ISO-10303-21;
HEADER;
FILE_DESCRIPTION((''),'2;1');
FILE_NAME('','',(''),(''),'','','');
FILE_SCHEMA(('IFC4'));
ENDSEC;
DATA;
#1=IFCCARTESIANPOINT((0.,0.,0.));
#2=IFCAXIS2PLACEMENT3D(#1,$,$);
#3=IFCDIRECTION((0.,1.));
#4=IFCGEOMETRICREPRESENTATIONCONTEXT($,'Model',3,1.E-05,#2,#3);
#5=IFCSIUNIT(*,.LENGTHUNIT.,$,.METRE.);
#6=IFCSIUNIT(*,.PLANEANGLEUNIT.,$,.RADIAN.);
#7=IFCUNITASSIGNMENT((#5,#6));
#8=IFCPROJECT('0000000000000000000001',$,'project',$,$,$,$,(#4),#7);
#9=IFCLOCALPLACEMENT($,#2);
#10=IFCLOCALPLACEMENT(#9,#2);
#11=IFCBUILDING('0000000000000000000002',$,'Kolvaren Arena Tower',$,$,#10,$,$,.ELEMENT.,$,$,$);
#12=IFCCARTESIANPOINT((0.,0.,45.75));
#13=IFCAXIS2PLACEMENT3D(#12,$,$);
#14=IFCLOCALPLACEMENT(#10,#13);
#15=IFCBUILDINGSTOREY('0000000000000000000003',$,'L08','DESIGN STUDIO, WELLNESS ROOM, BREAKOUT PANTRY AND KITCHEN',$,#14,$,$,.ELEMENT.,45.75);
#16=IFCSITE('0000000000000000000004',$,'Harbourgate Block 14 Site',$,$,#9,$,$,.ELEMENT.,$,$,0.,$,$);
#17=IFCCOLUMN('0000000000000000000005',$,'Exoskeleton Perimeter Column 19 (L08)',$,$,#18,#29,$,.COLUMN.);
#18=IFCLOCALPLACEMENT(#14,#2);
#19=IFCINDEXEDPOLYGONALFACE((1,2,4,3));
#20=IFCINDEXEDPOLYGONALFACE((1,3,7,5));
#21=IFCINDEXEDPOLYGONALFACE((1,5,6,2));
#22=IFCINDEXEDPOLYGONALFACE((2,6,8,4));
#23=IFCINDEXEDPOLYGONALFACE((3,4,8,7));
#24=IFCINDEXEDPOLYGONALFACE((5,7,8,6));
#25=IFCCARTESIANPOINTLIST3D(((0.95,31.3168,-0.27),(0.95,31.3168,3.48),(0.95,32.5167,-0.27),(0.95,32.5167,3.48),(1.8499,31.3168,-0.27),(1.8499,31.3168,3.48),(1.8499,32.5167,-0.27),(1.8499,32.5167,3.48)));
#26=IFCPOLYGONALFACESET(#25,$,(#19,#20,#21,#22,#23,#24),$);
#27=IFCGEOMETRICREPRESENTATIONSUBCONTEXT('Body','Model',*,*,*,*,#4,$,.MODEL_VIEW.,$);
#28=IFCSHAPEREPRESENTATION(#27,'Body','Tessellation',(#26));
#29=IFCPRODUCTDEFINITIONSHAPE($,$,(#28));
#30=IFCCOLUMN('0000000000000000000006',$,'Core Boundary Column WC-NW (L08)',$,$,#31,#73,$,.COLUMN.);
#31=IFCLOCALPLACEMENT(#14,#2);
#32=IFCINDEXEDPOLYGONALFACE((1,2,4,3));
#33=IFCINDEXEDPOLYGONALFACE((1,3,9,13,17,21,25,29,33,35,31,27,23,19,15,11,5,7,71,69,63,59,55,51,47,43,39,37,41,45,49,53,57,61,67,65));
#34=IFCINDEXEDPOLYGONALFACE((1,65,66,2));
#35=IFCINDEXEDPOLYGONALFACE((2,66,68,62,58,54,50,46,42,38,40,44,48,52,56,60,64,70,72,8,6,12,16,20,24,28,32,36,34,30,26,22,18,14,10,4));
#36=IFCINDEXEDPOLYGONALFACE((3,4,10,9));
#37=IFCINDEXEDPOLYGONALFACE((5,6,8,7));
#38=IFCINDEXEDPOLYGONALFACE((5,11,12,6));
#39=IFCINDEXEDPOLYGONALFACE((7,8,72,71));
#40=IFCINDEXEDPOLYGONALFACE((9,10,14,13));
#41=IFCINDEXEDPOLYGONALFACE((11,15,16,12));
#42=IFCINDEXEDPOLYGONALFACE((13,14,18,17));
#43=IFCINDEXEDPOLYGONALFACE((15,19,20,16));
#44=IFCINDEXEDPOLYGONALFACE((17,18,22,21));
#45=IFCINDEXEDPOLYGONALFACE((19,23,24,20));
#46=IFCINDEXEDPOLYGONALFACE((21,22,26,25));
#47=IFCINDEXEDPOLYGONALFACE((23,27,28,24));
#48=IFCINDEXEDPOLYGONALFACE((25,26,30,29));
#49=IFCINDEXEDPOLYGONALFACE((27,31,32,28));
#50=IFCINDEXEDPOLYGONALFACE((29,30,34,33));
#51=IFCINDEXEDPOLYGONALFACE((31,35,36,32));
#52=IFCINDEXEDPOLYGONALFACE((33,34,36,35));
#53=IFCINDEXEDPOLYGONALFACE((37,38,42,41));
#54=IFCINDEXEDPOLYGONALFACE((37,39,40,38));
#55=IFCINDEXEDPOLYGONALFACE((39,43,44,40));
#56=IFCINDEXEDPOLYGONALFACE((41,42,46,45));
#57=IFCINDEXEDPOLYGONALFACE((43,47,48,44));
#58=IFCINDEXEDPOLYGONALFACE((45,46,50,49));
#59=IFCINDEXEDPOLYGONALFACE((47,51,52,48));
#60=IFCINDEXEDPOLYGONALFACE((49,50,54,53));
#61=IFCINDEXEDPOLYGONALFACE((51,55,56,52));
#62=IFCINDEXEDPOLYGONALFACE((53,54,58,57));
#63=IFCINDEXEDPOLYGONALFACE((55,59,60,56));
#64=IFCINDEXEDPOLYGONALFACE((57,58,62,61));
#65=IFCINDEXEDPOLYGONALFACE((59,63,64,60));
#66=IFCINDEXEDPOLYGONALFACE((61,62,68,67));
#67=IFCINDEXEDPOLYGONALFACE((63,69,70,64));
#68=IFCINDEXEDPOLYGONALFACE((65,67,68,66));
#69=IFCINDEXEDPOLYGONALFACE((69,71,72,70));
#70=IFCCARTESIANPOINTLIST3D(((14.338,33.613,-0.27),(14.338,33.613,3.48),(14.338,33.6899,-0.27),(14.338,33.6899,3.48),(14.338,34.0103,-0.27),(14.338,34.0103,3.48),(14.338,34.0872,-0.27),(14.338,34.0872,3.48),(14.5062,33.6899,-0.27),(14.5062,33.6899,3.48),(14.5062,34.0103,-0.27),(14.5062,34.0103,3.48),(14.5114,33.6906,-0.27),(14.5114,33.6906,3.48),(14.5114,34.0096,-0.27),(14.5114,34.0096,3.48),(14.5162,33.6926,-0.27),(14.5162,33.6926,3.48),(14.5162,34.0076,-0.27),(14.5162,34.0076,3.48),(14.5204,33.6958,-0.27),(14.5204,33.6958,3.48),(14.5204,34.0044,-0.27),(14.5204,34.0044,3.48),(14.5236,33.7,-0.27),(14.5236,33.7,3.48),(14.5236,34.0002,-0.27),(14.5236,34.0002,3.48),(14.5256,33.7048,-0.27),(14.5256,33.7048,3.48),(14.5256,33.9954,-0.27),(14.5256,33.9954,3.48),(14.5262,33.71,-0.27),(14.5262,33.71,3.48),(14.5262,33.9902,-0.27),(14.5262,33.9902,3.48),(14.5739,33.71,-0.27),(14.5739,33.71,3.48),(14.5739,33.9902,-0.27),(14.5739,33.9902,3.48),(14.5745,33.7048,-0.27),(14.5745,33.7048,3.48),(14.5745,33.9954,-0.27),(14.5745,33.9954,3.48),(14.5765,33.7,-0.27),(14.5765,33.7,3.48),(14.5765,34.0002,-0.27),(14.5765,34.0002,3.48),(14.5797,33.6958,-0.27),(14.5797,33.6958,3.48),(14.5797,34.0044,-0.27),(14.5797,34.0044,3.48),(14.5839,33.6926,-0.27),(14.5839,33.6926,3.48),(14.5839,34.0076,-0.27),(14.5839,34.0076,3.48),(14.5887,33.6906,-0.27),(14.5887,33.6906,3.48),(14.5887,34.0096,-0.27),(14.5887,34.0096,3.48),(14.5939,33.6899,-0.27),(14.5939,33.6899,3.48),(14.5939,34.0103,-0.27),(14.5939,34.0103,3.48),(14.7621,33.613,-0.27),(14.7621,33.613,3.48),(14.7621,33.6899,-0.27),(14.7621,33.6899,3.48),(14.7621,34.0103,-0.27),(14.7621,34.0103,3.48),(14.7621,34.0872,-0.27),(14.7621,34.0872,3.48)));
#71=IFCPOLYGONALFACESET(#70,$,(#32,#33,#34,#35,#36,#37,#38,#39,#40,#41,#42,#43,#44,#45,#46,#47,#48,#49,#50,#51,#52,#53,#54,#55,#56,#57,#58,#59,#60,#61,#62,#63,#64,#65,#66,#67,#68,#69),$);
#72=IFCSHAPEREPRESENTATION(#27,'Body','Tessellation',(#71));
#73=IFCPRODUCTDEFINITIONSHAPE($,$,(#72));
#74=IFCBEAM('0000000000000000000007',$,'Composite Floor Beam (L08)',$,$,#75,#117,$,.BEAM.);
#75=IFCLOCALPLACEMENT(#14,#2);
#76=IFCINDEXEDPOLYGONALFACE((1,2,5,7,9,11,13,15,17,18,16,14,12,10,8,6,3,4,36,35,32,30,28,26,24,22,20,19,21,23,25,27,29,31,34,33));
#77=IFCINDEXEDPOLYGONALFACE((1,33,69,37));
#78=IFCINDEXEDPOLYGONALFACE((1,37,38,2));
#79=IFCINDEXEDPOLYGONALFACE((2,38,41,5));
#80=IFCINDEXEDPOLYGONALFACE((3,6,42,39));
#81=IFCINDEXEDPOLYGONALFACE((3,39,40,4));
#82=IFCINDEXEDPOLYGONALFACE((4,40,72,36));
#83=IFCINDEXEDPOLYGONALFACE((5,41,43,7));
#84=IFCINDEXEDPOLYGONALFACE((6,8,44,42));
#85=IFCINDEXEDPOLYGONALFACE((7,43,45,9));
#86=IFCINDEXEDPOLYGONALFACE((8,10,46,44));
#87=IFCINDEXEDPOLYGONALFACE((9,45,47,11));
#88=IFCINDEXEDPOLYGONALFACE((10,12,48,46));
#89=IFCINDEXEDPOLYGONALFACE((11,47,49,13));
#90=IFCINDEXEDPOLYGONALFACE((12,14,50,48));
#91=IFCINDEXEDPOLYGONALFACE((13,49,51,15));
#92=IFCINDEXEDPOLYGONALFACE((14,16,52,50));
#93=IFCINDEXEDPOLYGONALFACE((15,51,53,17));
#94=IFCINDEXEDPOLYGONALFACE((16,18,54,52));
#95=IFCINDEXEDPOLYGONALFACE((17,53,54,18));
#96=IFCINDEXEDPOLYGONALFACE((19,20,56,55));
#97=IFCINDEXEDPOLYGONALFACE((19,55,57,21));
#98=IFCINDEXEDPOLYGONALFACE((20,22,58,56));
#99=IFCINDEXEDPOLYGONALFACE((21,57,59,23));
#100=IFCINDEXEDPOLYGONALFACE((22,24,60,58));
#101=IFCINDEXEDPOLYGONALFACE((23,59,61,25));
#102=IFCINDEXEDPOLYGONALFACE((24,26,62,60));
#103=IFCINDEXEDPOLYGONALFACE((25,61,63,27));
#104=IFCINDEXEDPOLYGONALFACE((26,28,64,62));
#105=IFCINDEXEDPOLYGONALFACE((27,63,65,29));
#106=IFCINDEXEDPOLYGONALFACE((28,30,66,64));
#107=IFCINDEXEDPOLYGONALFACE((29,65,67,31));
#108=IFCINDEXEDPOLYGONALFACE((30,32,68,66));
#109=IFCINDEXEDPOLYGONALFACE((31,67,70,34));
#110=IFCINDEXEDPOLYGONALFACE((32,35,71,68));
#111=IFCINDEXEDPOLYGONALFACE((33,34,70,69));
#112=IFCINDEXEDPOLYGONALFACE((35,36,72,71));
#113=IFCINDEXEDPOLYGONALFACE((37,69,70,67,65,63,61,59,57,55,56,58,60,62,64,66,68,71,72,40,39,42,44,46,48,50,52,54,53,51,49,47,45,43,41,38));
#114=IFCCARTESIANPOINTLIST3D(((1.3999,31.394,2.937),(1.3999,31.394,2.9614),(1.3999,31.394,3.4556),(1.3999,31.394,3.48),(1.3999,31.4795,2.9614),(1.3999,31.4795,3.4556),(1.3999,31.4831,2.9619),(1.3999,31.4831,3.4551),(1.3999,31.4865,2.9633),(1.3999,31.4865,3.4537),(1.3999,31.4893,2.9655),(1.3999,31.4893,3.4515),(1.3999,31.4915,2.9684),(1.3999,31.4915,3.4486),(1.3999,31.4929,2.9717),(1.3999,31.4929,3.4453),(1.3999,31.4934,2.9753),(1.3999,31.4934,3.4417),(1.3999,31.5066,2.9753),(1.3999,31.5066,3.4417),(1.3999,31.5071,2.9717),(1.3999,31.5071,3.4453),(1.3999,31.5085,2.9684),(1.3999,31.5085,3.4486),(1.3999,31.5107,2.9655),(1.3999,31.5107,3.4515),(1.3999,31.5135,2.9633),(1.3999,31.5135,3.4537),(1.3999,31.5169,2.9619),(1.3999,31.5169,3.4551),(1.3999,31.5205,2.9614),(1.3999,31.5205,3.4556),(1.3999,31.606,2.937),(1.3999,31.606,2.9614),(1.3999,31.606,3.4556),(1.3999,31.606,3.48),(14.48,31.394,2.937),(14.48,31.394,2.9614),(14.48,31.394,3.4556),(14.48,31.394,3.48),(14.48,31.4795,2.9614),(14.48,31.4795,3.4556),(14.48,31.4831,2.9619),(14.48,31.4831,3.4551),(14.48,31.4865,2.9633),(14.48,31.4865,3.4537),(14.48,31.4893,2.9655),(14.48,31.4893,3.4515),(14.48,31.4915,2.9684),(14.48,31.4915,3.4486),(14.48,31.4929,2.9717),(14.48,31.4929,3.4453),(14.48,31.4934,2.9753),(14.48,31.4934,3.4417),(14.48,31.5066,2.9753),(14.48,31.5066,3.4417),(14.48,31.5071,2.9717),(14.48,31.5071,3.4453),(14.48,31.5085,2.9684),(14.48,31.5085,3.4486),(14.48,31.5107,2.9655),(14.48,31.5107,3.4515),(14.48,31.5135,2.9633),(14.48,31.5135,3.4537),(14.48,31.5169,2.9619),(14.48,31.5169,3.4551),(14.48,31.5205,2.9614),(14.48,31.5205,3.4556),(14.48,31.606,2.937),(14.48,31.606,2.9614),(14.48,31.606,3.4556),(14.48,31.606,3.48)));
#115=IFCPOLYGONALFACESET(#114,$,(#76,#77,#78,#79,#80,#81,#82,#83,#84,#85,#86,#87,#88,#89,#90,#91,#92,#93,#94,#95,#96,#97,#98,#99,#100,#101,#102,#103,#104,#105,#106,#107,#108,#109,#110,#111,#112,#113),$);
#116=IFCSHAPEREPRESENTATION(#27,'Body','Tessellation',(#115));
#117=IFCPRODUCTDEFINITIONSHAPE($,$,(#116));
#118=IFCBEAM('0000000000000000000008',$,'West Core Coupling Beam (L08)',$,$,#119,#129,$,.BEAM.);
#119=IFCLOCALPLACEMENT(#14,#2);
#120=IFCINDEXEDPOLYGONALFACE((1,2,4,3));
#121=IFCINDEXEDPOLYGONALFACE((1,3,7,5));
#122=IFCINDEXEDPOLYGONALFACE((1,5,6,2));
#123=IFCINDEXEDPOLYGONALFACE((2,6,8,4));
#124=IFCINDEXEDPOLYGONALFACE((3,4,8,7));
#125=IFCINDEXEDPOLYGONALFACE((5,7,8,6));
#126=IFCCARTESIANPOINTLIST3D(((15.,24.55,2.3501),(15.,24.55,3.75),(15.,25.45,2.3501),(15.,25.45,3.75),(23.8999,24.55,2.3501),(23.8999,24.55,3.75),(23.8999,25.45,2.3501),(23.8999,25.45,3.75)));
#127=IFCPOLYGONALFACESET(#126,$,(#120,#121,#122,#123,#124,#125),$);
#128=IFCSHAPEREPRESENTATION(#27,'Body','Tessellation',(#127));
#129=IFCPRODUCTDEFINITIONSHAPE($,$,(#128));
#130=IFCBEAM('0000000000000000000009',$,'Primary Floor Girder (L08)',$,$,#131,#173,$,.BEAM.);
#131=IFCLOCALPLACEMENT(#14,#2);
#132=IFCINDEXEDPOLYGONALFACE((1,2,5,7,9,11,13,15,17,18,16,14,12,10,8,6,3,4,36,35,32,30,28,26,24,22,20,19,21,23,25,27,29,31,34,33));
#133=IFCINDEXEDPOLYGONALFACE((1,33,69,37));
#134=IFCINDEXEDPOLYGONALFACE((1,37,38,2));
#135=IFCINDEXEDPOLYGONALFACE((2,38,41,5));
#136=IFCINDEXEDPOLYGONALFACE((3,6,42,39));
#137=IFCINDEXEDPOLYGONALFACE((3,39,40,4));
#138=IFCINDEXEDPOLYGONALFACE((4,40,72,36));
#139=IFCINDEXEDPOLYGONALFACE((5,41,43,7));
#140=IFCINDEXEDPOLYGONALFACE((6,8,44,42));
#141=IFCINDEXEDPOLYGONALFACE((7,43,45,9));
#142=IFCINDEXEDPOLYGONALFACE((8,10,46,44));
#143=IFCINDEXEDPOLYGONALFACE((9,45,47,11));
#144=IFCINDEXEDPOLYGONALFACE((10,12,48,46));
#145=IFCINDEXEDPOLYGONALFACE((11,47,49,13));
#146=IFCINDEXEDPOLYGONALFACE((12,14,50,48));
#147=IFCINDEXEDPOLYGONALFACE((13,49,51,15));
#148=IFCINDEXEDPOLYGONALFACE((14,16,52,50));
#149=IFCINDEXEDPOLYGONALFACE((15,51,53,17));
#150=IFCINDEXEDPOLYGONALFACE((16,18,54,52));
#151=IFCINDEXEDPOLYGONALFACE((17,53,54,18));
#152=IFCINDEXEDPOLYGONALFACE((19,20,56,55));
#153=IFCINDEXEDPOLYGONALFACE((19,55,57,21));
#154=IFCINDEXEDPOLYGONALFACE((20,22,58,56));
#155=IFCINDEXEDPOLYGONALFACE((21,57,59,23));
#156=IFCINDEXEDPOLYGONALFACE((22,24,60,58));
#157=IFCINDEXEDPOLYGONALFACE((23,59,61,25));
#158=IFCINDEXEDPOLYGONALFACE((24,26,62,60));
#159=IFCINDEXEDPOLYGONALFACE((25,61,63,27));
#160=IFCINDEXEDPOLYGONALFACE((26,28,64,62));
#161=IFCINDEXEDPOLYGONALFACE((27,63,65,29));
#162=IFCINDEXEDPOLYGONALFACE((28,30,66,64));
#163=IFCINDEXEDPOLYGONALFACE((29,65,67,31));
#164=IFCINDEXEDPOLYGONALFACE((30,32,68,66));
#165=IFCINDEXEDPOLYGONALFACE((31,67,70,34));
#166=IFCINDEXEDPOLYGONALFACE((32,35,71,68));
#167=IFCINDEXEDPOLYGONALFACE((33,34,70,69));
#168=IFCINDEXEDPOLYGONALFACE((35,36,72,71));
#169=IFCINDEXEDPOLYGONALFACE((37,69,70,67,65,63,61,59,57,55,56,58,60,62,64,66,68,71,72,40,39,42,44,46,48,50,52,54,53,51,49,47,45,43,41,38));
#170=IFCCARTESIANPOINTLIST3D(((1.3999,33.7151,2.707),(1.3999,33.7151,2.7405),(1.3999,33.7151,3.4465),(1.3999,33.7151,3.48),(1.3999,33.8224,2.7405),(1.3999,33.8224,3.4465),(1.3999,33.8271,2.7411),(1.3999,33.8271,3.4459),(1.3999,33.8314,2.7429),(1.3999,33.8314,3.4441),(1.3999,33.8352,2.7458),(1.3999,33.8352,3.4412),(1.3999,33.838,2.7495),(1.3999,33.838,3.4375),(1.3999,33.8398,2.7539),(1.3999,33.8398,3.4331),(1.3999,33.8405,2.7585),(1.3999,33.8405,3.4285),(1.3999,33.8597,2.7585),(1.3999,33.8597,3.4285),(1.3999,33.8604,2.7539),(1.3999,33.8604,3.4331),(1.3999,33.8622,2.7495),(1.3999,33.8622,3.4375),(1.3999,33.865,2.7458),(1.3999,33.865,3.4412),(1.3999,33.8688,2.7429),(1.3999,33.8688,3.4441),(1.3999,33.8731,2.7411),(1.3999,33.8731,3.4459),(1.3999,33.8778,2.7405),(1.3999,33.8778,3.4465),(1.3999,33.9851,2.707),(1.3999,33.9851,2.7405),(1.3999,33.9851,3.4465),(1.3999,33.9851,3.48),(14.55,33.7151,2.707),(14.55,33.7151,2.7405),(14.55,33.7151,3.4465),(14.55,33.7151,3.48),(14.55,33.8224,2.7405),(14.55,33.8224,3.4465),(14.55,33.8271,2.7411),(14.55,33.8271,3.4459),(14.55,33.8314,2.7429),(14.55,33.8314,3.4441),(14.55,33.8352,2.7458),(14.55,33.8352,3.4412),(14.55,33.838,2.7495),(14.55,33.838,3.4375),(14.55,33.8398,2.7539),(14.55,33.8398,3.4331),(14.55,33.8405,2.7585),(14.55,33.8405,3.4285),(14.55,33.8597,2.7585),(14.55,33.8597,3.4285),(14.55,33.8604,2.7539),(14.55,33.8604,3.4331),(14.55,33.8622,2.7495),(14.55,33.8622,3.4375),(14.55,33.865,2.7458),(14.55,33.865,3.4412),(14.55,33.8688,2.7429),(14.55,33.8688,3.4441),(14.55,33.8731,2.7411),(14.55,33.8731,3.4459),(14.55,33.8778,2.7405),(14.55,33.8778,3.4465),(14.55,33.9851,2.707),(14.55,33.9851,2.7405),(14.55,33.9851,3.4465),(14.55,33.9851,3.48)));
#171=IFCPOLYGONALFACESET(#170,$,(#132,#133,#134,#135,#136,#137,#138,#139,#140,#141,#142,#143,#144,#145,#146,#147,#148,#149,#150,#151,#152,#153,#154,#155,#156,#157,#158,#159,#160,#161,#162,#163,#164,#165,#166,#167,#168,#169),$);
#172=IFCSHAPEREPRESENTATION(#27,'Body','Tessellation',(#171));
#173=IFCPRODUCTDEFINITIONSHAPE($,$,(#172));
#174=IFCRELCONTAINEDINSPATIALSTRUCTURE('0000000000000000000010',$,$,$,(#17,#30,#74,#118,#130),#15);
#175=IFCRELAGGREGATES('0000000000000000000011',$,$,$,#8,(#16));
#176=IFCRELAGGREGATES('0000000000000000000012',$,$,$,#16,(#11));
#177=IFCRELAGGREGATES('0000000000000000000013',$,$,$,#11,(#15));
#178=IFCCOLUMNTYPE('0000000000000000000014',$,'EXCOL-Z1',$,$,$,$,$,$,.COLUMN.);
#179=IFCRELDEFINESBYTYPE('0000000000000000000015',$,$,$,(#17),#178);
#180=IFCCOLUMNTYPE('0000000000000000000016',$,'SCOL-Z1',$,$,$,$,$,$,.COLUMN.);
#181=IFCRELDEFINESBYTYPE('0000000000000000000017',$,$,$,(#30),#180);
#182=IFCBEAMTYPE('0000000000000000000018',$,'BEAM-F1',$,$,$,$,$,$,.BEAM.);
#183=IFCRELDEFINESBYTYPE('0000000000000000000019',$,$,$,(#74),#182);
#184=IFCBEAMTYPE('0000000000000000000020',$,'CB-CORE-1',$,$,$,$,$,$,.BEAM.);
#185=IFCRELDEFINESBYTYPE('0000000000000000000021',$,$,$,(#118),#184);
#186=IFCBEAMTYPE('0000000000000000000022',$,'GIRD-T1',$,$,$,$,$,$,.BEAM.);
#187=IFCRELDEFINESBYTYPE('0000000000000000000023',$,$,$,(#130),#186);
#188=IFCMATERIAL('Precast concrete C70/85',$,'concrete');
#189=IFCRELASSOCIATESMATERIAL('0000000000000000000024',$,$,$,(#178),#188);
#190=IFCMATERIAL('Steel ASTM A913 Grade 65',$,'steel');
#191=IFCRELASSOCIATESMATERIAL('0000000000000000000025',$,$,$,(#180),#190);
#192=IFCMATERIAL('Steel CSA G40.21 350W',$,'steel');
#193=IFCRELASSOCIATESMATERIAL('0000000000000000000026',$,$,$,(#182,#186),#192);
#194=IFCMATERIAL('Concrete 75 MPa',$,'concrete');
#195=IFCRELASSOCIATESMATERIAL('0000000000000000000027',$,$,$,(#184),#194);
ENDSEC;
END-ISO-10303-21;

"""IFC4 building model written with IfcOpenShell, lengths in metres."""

from ifc_helpers import new_model, si_unit, direction, frame, origin, origin_2d, place, context, subcontext, project, spatial, rectangle, i_section, extrude, material, material_profile, profile_set, type_object, element, save


model = new_model("IFC4")

# Units and contexts
model_context = context("Model", 3, precision=1e-05, world=origin(), true_north=direction((0.0, 1.0)))
body_context = subcontext(model_context, "Body", "Model", "MODEL_VIEW")
ifc_project = project(units=[si_unit("LENGTHUNIT", "METRE"), si_unit("PLANEANGLEUNIT", "RADIAN")], contexts=[model_context])

# Site, building, storey
site_placement = place(None, origin())
site = spatial("IfcSite", under=ifc_project, at=site_placement, Name="Harbourgate Block 14 Site", CompositionType="ELEMENT", RefElevation=0.0)
building_placement = place(site_placement, origin())
building = spatial("IfcBuilding", under=site, at=building_placement, Name="Kolvaren Arena Tower", CompositionType="ELEMENT")
storey_placement = place(building_placement, frame((0.0, 0.0, 45.75)))
storey = spatial("IfcBuildingStorey", under=building, at=storey_placement, Name="L08", Description="DESIGN STUDIO, WELLNESS ROOM, BREAKOUT PANTRY AND KITCHEN", CompositionType="ELEMENT", Elevation=45.75)

# Columns
ifc_material_1 = material(Name="Precast concrete C70/85", Category="concrete")
ifc_material_profile_1 = material_profile(ifc_material_1, rectangle(XDim=1.2, YDim=0.8999, at=origin_2d()), Name="RC-1200x900")
ifc_profile_set_1 = profile_set([ifc_material_profile_1], Name="Precast concrete C70/85")
column_type_1 = type_object("IfcColumnType", Name="EXCOL-Z1", PredefinedType="COLUMN", material=ifc_profile_set_1)
column_1_placement = place(storey_placement, frame((1.3999, 31.9167, -0.27), z_axis=(0.0, 0.0, 1.0), x_axis=(0.0, 1.0, 0.0)))
element("IfcColumn", 1, at=column_1_placement, inside=storey, type_object=column_type_1, Name="Exoskeleton Perimeter Column 19 (L08)", PredefinedType="COLUMN", context=body_context, shape_type="SweptSolid", body=[
    extrude(rectangle(XDim=1.2, YDim=0.8999, at=origin_2d()), origin(), (0.0, 0.0, 1.0), 3.75),
])
ifc_material_2 = material(Name="Steel ASTM A913 Grade 65", Category="steel")
ifc_material_profile_2 = material_profile(ifc_material_2, i_section(OverallWidth=0.4241, OverallDepth=0.4741, WebThickness=0.0476, FlangeThickness=0.0769, FilletRadius=0.02, at=origin_2d()), Name="W360x634")
ifc_profile_set_2 = profile_set([ifc_material_profile_2], Name="Steel ASTM A913 Grade 65")
column_type_2 = type_object("IfcColumnType", Name="SCOL-Z1", PredefinedType="COLUMN", material=ifc_profile_set_2)
column_2_placement = place(storey_placement, frame((14.55, 33.8501, -0.27), z_axis=(0.0, 0.0, 1.0), x_axis=(1.0, 0.0, 0.0)))
element("IfcColumn", 2, at=column_2_placement, inside=storey, type_object=column_type_2, Name="Core Boundary Column WC-NW (L08)", PredefinedType="COLUMN", context=body_context, shape_type="SweptSolid", body=[
    extrude(i_section(OverallWidth=0.4241, OverallDepth=0.4741, WebThickness=0.0476, FlangeThickness=0.0769, FilletRadius=0.02, at=origin_2d()), origin(), (0.0, 0.0, 1.0), 3.75),
])

# Beams
ifc_material_3 = material(Name="Steel CSA G40.21 350W", Category="steel")
ifc_material_profile_3 = material_profile(ifc_material_3, i_section(OverallWidth=0.2119, OverallDepth=0.543, WebThickness=0.0132, FlangeThickness=0.0244, FilletRadius=0.0139, at=origin_2d()), Name="W530x150")
ifc_profile_set_3 = profile_set([ifc_material_profile_3], Name="Steel CSA G40.21 350W")
beam_type_1 = type_object("IfcBeamType", Name="BEAM-F1", PredefinedType="BEAM", material=ifc_profile_set_3)
beam_1_placement = place(storey_placement, frame((1.3999, 31.5, 3.2085), z_axis=(1.0, 0.0, 0.0), x_axis=(0.0, 1.0, 0.0)))
element("IfcBeam", 3, at=beam_1_placement, inside=storey, type_object=beam_type_1, Name="Composite Floor Beam (L08)", PredefinedType="BEAM", context=body_context, shape_type="SweptSolid", body=[
    extrude(i_section(OverallWidth=0.2119, OverallDepth=0.543, WebThickness=0.0132, FlangeThickness=0.0244, FilletRadius=0.0139, at=origin_2d()), origin(), (0.0, 0.0, 1.0), 13.0801),
])
ifc_material_4 = material(Name="Concrete 75 MPa", Category="concrete")
ifc_material_profile_4 = material_profile(ifc_material_4, rectangle(XDim=0.8999, YDim=1.3999, at=origin_2d()), Name="RC-900x1400")
ifc_profile_set_4 = profile_set([ifc_material_profile_4], Name="Concrete 75 MPa")
beam_type_2 = type_object("IfcBeamType", Name="CB-CORE-1", PredefinedType="BEAM", material=ifc_profile_set_4)
beam_2_placement = place(storey_placement, frame((15.0, 25.0, 3.05), z_axis=(1.0, 0.0, 0.0), x_axis=(0.0, 1.0, 0.0)))
element("IfcBeam", 4, at=beam_2_placement, inside=storey, type_object=beam_type_2, Name="West Core Coupling Beam (L08)", PredefinedType="BEAM", context=body_context, shape_type="SweptSolid", body=[
    extrude(rectangle(XDim=0.8999, YDim=1.3999, at=origin_2d()), origin(), (0.0, 0.0, 1.0), 8.8999),
])
ifc_material_profile_5 = material_profile(ifc_material_3, i_section(OverallWidth=0.27, OverallDepth=0.7729, WebThickness=0.0193, FlangeThickness=0.0334, FilletRadius=0.0181, at=origin_2d()), Name="W760x257")
ifc_profile_set_5 = profile_set([ifc_material_profile_5], Name="Steel CSA G40.21 350W")
beam_type_3 = type_object("IfcBeamType", Name="GIRD-T1", PredefinedType="BEAM", material=ifc_profile_set_5)
beam_3_placement = place(storey_placement, frame((1.3999, 33.8501, 3.0935), z_axis=(1.0, 0.0, 0.0), x_axis=(0.0, 1.0, 0.0)))
element("IfcBeam", 5, at=beam_3_placement, inside=storey, type_object=beam_type_3, Name="Primary Floor Girder (L08)", PredefinedType="BEAM", context=body_context, shape_type="SweptSolid", body=[
    extrude(i_section(OverallWidth=0.27, OverallDepth=0.7729, WebThickness=0.0193, FlangeThickness=0.0334, FilletRadius=0.0181, at=origin_2d()), origin(), (0.0, 0.0, 1.0), 13.1501),
])

save(model, "model.ifc")
